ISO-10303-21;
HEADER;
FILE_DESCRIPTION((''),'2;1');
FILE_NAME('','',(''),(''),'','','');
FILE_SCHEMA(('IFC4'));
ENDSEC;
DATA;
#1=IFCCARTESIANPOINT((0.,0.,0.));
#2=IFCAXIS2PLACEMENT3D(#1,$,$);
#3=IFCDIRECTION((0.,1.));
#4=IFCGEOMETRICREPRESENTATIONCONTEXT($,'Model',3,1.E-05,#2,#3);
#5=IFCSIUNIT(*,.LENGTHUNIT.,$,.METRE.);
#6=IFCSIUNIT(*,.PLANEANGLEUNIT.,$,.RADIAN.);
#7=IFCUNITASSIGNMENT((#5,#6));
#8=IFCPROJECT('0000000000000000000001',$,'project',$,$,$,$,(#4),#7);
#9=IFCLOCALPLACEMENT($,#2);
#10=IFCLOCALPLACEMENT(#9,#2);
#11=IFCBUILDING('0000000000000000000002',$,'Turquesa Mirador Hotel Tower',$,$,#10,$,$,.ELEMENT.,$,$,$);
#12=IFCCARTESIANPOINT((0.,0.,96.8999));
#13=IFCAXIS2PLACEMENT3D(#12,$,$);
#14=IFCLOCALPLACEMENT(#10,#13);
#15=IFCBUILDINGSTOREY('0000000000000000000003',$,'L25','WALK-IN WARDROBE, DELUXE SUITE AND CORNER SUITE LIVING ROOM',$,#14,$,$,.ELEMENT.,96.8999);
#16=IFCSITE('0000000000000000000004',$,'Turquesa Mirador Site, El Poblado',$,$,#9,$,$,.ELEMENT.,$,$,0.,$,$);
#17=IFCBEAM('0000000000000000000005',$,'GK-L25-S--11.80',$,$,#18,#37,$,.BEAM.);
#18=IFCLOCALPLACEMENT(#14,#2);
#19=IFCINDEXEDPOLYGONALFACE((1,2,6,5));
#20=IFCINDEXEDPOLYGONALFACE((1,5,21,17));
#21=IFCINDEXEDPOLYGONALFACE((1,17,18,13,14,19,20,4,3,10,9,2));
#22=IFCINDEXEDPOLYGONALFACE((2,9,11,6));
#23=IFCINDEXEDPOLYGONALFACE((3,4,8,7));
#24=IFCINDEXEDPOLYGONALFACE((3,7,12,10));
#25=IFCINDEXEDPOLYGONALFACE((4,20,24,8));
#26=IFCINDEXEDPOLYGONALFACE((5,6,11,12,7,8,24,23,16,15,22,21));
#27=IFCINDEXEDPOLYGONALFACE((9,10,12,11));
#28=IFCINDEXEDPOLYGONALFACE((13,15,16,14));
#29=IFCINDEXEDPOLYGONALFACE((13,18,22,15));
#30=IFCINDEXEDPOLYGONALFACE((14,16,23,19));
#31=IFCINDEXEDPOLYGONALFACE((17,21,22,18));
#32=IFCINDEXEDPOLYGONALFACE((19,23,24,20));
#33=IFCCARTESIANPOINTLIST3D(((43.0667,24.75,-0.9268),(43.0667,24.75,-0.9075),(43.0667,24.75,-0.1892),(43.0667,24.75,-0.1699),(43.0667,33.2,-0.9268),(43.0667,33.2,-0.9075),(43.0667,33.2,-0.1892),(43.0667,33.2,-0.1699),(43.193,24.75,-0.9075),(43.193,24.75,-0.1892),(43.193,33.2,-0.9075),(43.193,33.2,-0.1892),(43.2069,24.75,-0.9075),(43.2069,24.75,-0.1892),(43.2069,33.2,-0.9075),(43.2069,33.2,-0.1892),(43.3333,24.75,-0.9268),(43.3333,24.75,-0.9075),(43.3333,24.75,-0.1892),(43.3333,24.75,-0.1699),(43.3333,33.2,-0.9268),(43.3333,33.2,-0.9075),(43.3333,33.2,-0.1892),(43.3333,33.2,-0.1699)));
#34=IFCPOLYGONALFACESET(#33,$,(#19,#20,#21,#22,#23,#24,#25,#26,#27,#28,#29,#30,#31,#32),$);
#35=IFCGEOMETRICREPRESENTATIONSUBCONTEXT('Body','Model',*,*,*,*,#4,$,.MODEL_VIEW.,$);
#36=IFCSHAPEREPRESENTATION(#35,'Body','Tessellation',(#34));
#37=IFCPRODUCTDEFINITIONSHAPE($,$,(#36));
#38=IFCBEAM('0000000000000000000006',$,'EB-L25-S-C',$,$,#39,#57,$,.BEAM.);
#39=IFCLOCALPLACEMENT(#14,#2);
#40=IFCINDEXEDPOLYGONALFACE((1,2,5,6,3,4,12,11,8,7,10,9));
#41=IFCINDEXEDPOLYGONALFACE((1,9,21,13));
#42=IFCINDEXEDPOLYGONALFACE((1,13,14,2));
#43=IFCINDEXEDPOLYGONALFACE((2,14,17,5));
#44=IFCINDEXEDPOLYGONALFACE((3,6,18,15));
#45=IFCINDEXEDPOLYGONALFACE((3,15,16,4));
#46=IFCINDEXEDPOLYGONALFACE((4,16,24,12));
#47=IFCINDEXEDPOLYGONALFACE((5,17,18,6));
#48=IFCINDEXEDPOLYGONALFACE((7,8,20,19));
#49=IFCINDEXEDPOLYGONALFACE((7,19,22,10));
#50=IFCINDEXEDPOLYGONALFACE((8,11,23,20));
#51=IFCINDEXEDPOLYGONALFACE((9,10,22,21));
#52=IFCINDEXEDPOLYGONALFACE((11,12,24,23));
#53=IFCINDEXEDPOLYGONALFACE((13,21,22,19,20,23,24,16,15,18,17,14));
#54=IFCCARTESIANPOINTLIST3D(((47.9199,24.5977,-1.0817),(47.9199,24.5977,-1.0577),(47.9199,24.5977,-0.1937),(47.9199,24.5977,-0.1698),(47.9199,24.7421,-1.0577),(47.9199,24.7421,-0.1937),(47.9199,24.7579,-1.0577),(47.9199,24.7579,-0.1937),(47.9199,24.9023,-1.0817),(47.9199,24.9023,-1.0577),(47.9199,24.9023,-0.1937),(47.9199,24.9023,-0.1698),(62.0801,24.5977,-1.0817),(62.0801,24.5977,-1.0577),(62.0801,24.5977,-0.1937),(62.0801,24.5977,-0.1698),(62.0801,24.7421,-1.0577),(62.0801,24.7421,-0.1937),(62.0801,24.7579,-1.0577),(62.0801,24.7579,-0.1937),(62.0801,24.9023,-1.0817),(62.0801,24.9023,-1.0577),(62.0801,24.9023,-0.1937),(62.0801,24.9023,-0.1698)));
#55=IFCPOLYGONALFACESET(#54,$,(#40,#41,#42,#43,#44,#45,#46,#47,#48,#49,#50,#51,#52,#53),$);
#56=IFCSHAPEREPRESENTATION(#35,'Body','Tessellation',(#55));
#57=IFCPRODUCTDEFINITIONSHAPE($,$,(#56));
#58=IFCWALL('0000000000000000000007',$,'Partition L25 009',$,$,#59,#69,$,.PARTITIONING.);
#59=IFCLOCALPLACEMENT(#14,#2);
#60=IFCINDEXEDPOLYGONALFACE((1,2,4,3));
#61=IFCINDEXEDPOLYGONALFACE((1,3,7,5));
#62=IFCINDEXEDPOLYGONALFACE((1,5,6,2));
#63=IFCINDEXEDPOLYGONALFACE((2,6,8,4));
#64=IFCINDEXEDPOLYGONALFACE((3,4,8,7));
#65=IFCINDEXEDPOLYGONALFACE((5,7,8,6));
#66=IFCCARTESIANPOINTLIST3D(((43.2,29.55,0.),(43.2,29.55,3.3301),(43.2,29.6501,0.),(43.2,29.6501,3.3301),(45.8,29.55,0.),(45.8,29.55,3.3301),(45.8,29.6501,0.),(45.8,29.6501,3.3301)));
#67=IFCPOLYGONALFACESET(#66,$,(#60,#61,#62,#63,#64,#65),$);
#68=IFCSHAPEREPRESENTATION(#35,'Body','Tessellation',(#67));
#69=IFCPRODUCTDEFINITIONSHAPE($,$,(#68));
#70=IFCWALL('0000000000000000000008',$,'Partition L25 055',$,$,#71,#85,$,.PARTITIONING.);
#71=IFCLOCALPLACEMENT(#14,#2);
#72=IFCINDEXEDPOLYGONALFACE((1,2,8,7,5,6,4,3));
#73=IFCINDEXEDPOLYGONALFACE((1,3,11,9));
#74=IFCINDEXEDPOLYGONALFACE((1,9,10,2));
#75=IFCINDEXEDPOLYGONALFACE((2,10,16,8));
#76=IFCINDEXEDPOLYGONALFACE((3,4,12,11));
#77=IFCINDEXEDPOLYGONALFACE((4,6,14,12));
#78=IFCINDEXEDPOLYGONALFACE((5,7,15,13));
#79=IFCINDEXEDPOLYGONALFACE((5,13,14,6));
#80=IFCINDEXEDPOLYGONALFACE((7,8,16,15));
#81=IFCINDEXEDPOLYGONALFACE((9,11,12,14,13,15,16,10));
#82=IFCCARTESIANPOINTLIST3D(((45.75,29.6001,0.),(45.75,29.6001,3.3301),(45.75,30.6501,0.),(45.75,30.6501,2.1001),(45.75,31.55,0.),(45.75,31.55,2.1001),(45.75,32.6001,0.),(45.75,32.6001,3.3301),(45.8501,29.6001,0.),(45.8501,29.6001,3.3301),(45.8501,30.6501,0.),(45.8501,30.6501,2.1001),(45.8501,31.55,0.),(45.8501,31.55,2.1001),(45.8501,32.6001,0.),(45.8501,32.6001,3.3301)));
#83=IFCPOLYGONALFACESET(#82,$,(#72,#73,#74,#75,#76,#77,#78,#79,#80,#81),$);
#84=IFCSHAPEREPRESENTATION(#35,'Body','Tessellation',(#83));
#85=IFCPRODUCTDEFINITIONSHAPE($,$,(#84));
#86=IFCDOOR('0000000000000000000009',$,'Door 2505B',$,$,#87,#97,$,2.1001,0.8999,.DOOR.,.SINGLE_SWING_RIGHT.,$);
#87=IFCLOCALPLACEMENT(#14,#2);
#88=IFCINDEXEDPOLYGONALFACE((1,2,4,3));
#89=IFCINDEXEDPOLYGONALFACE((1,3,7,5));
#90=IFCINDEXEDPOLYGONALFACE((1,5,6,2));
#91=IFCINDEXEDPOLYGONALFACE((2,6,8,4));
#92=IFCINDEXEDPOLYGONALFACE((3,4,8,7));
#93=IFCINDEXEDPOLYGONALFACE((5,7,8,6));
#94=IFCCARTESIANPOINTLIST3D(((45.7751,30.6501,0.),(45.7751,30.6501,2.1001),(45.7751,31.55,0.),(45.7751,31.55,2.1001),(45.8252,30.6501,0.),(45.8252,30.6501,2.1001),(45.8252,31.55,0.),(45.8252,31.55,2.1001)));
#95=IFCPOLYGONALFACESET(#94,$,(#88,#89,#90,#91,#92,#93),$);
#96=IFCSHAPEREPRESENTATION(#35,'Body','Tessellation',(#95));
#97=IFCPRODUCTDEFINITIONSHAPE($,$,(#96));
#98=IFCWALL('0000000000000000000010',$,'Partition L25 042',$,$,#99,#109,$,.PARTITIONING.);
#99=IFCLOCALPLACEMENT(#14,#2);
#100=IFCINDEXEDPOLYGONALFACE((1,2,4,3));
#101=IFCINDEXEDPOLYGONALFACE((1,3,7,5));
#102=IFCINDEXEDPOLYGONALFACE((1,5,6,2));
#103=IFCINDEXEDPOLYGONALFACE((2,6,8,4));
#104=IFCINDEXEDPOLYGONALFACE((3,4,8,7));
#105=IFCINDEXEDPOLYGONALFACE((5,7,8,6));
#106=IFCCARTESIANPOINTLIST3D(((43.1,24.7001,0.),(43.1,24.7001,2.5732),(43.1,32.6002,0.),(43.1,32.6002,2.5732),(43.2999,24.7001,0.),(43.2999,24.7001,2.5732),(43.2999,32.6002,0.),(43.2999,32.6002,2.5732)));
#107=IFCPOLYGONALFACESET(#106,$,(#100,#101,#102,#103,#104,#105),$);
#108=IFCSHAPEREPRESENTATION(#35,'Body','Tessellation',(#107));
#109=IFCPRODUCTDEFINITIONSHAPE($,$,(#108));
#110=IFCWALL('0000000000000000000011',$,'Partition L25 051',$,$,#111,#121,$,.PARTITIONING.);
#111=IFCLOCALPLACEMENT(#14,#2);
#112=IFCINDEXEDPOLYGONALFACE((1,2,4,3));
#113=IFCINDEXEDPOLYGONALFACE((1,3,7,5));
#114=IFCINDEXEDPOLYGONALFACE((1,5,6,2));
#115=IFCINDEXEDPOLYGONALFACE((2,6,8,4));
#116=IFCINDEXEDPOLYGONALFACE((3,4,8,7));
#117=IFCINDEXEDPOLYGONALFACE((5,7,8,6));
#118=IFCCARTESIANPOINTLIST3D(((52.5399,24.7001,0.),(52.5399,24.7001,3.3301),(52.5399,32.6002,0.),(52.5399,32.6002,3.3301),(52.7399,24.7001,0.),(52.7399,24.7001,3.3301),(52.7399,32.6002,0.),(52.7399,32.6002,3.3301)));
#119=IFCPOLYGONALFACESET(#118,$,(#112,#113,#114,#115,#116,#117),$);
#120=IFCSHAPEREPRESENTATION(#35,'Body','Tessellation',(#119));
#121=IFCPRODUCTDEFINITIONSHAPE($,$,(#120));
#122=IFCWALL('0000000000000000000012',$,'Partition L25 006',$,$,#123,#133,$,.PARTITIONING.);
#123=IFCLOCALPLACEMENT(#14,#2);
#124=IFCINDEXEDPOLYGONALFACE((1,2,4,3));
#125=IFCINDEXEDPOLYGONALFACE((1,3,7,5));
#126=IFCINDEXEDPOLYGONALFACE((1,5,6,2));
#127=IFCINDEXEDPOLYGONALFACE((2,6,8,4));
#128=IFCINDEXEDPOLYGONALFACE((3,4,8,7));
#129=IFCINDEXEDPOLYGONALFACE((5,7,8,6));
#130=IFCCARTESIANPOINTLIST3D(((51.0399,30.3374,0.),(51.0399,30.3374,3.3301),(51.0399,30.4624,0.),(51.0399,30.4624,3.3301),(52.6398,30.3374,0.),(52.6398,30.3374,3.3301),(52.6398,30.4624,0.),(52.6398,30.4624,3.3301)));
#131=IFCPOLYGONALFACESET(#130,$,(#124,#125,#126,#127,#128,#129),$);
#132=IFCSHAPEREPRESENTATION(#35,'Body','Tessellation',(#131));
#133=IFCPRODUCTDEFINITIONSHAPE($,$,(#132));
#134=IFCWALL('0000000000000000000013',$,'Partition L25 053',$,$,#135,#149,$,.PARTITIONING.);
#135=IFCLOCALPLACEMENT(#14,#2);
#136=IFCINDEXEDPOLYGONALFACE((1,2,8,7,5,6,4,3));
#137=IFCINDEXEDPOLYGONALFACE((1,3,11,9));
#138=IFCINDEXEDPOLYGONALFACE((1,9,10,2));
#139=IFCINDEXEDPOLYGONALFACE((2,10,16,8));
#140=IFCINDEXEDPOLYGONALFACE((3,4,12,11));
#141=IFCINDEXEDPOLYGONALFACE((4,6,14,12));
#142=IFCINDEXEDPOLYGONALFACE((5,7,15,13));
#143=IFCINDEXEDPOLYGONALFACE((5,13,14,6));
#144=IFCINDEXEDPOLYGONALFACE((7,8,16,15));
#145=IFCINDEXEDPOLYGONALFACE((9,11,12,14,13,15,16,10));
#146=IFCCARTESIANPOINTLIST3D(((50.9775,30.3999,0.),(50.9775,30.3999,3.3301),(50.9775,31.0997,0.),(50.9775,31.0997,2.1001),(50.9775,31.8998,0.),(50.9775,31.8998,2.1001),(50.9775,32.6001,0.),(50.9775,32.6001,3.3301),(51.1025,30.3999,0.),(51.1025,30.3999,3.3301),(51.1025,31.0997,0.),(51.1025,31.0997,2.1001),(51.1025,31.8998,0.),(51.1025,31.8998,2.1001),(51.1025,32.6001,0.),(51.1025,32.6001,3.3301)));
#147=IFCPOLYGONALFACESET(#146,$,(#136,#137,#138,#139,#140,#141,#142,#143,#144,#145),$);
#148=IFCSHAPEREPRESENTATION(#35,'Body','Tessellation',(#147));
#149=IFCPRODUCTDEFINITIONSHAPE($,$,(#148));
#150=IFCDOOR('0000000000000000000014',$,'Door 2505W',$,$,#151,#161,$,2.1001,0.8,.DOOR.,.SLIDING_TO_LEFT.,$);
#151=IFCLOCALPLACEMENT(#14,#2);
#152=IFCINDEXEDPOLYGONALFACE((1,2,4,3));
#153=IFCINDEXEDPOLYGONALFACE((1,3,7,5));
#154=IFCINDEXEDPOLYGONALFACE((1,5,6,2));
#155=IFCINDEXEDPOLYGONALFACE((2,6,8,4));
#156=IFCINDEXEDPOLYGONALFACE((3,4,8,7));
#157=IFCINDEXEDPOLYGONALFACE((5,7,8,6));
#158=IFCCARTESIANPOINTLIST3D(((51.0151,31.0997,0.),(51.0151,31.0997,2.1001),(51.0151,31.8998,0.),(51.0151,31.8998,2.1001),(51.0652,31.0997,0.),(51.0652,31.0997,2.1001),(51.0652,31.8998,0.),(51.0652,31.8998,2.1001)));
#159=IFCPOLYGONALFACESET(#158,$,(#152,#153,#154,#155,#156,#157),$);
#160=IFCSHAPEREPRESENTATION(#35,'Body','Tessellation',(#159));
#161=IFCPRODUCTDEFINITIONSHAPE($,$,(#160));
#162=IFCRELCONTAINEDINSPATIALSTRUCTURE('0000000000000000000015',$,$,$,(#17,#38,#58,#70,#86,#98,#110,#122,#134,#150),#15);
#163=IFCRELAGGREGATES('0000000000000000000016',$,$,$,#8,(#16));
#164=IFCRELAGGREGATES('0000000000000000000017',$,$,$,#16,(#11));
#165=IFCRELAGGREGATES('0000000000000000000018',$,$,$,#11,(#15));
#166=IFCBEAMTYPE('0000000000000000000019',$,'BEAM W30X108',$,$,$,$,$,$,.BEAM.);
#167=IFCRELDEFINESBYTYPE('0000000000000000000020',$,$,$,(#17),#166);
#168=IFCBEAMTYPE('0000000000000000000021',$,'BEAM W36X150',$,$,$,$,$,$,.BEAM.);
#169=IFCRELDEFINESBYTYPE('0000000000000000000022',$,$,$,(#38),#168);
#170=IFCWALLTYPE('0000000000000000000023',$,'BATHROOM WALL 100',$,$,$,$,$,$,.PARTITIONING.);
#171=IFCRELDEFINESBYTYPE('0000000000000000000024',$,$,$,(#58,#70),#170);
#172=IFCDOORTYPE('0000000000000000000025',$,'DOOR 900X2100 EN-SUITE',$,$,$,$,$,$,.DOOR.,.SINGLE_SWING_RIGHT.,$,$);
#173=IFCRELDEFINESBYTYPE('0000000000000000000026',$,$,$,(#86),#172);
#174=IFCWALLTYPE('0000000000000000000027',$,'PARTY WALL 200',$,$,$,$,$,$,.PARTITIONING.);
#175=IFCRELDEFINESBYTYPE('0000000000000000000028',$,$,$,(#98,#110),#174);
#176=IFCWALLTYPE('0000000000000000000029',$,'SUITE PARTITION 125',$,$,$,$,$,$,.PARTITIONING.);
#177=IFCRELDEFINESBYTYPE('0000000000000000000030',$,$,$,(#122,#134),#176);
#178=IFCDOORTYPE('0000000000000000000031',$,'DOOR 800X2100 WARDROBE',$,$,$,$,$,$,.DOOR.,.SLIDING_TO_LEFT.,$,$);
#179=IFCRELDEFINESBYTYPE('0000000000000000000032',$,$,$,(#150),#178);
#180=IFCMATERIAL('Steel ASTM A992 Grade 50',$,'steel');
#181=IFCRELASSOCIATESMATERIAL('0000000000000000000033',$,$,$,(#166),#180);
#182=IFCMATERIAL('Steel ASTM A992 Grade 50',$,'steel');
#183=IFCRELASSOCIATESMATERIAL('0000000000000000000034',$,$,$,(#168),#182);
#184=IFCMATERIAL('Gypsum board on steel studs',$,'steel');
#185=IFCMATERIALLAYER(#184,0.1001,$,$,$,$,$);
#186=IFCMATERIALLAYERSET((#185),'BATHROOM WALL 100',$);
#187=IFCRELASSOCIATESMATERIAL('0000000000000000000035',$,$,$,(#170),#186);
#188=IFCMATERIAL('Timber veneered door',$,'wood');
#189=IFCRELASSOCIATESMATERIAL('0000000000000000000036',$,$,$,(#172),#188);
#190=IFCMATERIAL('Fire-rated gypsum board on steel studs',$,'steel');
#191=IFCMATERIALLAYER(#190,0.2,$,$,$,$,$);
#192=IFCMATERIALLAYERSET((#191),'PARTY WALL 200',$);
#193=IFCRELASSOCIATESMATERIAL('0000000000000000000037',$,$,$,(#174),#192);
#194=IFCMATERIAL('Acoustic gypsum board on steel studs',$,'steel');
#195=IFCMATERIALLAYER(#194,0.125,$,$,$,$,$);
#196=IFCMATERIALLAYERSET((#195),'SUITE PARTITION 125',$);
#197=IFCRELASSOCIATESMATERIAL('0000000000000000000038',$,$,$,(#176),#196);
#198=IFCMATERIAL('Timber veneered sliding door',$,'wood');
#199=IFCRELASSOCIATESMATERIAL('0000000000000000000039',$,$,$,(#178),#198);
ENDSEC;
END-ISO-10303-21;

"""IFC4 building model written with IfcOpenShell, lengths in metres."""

from ifc_helpers import new_model, si_unit, direction, frame, frame_2d, origin, origin_2d, place, context, subcontext, project, spatial, rectangle, i_section, extrude, material, layer, layer_set, material_profile, profile_set, type_object, element, fill, save


model = new_model("IFC4")

# Units and contexts
model_context = context("Model", 3, precision=1e-05, world=origin(), true_north=direction((0.0, 1.0)))
body_context = subcontext(model_context, "Body", "Model", "MODEL_VIEW")
ifc_project = project(units=[si_unit("LENGTHUNIT", "METRE"), si_unit("PLANEANGLEUNIT", "RADIAN")], contexts=[model_context])

# Site, building, storey
site_placement = place(None, origin())
site = spatial("IfcSite", under=ifc_project, at=site_placement, Name="Turquesa Mirador Site, El Poblado", CompositionType="ELEMENT", RefElevation=0.0)
building_placement = place(site_placement, origin())
building = spatial("IfcBuilding", under=site, at=building_placement, Name="Turquesa Mirador Hotel Tower", CompositionType="ELEMENT")
storey_placement = place(building_placement, frame((0.0, 0.0, 96.8999)))
storey = spatial("IfcBuildingStorey", under=building, at=storey_placement, Name="L25", Description="WALK-IN WARDROBE, DELUXE SUITE AND CORNER SUITE LIVING ROOM", CompositionType="ELEMENT", Elevation=96.8999)

# Beams
ifc_material_1 = material(Name="Steel ASTM A992 Grade 50", Category="steel")
ifc_material_profile_1 = material_profile(ifc_material_1, i_section(OverallWidth=0.2666, OverallDepth=0.7568, WebThickness=0.0139, FlangeThickness=0.0193, at=origin_2d()), Name="W30X108")
ifc_profile_set_1 = profile_set([ifc_material_profile_1], Name="Steel ASTM A992 Grade 50")
beam_type_1 = type_object("IfcBeamType", Name="BEAM W30X108", PredefinedType="BEAM", material=ifc_profile_set_1)
beam_1_placement = place(storey_placement, frame((43.2, 24.75, -0.5483), z_axis=(0.0, 1.0, 0.0), x_axis=(-1.0, 0.0, 0.0)))
element("IfcBeam", 1, at=beam_1_placement, inside=storey, type_object=beam_type_1, Name="GK-L25-S--11.80", PredefinedType="BEAM", context=body_context, shape_type="SweptSolid", body=[
    extrude(i_section(OverallWidth=0.2666, OverallDepth=0.7568, WebThickness=0.0139, FlangeThickness=0.0193, at=origin_2d()), origin(), (0.0, 0.0, 1.0), 8.45),
])
ifc_material_2 = material(Name="Steel ASTM A992 Grade 50", Category="steel")
ifc_material_profile_2 = material_profile(ifc_material_2, i_section(OverallWidth=0.3047, OverallDepth=0.9119, WebThickness=0.0159, FlangeThickness=0.0239, at=origin_2d()), Name="W36X150")
ifc_profile_set_2 = profile_set([ifc_material_profile_2], Name="Steel ASTM A992 Grade 50")
beam_type_2 = type_object("IfcBeamType", Name="BEAM W36X150", PredefinedType="BEAM", material=ifc_profile_set_2)
beam_2_placement = place(storey_placement, frame((47.9199, 24.75, -0.6257), z_axis=(1.0, 0.0, 0.0), x_axis=(0.0, 1.0, 0.0)))
element("IfcBeam", 2, at=beam_2_placement, inside=storey, type_object=beam_type_2, Name="EB-L25-S-C", PredefinedType="BEAM", context=body_context, shape_type="SweptSolid", body=[
    extrude(i_section(OverallWidth=0.3047, OverallDepth=0.9119, WebThickness=0.0159, FlangeThickness=0.0239, at=origin_2d()), origin(), (0.0, 0.0, 1.0), 14.1602),
])

# Wall
ifc_material_3 = material(Name="Gypsum board on steel studs", Category="steel")
ifc_layer_1 = layer(ifc_material_3, 0.1001)
ifc_layer_set_1 = layer_set([ifc_layer_1], Name="BATHROOM WALL 100")
wall_type_1 = type_object("IfcWallType", Name="BATHROOM WALL 100", PredefinedType="PARTITIONING", material=ifc_layer_set_1)
wall_1_placement = place(storey_placement, frame((43.2, 29.6001, 0.0), z_axis=(0.0, 0.0, 1.0), x_axis=(1.0, 0.0, 0.0)))
element("IfcWall", 3, at=wall_1_placement, inside=storey, type_object=wall_type_1, Name="Partition L25 009", PredefinedType="PARTITIONING", context=body_context, shape_type="SweptSolid", body=[
    extrude(rectangle(XDim=2.6001, YDim=0.1001, at=frame_2d((1.3, 0.0))), origin(), (0.0, 0.0, 1.0), 3.3301),
])

# Wall, opening, door
wall_2_placement = place(storey_placement, frame((45.8, 29.6001, 0.0), z_axis=(0.0, 0.0, 1.0), x_axis=(0.0, 1.0, 0.0)))
wall_2 = element("IfcWall", 4, at=wall_2_placement, inside=storey, type_object=wall_type_1, Name="Partition L25 055", PredefinedType="PARTITIONING", context=body_context, shape_type="SweptSolid", body=[
    extrude(rectangle(XDim=3.0, YDim=0.1001, at=frame_2d((1.5, 0.0))), origin(), (0.0, 0.0, 1.0), 3.3301),
])
opening_1_placement = place(wall_2_placement, frame((1.05, 0.0, 0.0)))
opening_1 = element("IfcOpeningElement", 5, at=opening_1_placement, cuts=wall_2, PredefinedType="OPENING", context=body_context, shape_type="SweptSolid", body=[
    extrude(rectangle(XDim=0.8999, YDim=2.1001, at=frame_2d((0.45, 1.05))), frame((0.0, 0.0601, 0.0), z_axis=(0.0, -1.0, 0.0), x_axis=(1.0, 0.0, 0.0)), (0.0, 0.0, 1.0), 0.1201),
])
ifc_material_4 = material(Name="Timber veneered door", Category="wood")
door_type_1 = type_object("IfcDoorType", Name="DOOR 900X2100 EN-SUITE", OperationType="SINGLE_SWING_RIGHT", PredefinedType="DOOR", material=ifc_material_4)
door_1_placement = place(opening_1_placement, origin())
door_1 = element("IfcDoor", 6, at=door_1_placement, inside=storey, type_object=door_type_1, Name="Door 2505B", OperationType="SINGLE_SWING_RIGHT", OverallHeight=2.1001, OverallWidth=0.8999, PredefinedType="DOOR", context=body_context, shape_type="SweptSolid", body=[
    extrude(rectangle(XDim=0.8999, YDim=2.1001, at=frame_2d((0.45, 1.05))), frame((0.0, 0.0249, 0.0), z_axis=(0.0, -1.0, 0.0), x_axis=(1.0, 0.0, 0.0)), (0.0, 0.0, 1.0), 0.05),
])
fill(opening_1, door_1)

# Walls
ifc_material_5 = material(Name="Fire-rated gypsum board on steel studs", Category="steel")
ifc_layer_2 = layer(ifc_material_5, 0.2)
ifc_layer_set_2 = layer_set([ifc_layer_2], Name="PARTY WALL 200")
wall_type_2 = type_object("IfcWallType", Name="PARTY WALL 200", PredefinedType="PARTITIONING", material=ifc_layer_set_2)
wall_3_placement = place(storey_placement, frame((43.2, 24.7, 0.0), z_axis=(0.0, 0.0, 1.0), x_axis=(0.0, 1.0, 0.0)))
element("IfcWall", 7, at=wall_3_placement, inside=storey, type_object=wall_type_2, Name="Partition L25 042", PredefinedType="PARTITIONING", context=body_context, shape_type="SweptSolid", body=[
    extrude(rectangle(XDim=7.9001, YDim=0.2, at=frame_2d((3.9502, 0.0))), origin(), (0.0, 0.0, 1.0), 2.5732),
])
wall_4_placement = place(storey_placement, frame((52.6399, 24.7, 0.0), z_axis=(0.0, 0.0, 1.0), x_axis=(0.0, 1.0, 0.0)))
element("IfcWall", 8, at=wall_4_placement, inside=storey, type_object=wall_type_2, Name="Partition L25 051", PredefinedType="PARTITIONING", context=body_context, shape_type="SweptSolid", body=[
    extrude(rectangle(XDim=7.9001, YDim=0.2, at=frame_2d((3.9502, 0.0))), origin(), (0.0, 0.0, 1.0), 3.3301),
])
ifc_material_6 = material(Name="Acoustic gypsum board on steel studs", Category="steel")
ifc_layer_3 = layer(ifc_material_6, 0.125)
ifc_layer_set_3 = layer_set([ifc_layer_3], Name="SUITE PARTITION 125")
wall_type_3 = type_object("IfcWallType", Name="SUITE PARTITION 125", PredefinedType="PARTITIONING", material=ifc_layer_set_3)
wall_5_placement = place(storey_placement, frame((51.04, 30.3999, 0.0), z_axis=(0.0, 0.0, 1.0), x_axis=(1.0, 0.0, 0.0)))
element("IfcWall", 9, at=wall_5_placement, inside=storey, type_object=wall_type_3, Name="Partition L25 006", PredefinedType="PARTITIONING", context=body_context, shape_type="SweptSolid", body=[
    extrude(rectangle(XDim=1.5999, YDim=0.125, at=frame_2d((0.7998, 0.0))), origin(), (0.0, 0.0, 1.0), 3.3301),
])

# Wall, opening, door
wall_6_placement = place(storey_placement, frame((51.04, 30.3999, 0.0), z_axis=(0.0, 0.0, 1.0), x_axis=(0.0, 1.0, 0.0)))
wall_6 = element("IfcWall", 10, at=wall_6_placement, inside=storey, type_object=wall_type_3, Name="Partition L25 053", PredefinedType="PARTITIONING", context=body_context, shape_type="SweptSolid", body=[
    extrude(rectangle(XDim=2.2002, YDim=0.125, at=frame_2d((1.1001, 0.0))), origin(), (0.0, 0.0, 1.0), 3.3301),
])
opening_2_placement = place(wall_6_placement, frame((0.7, 0.0, 0.0)))
opening_2 = element("IfcOpeningElement", 11, at=opening_2_placement, cuts=wall_6, PredefinedType="OPENING", context=body_context, shape_type="SweptSolid", body=[
    extrude(rectangle(XDim=0.8, YDim=2.1001, at=frame_2d((0.3999, 1.05))), frame((0.0, 0.0725, 0.0), z_axis=(0.0, -1.0, 0.0), x_axis=(1.0, 0.0, 0.0)), (0.0, 0.0, 1.0), 0.145),
])
ifc_material_7 = material(Name="Timber veneered sliding door", Category="wood")
door_type_2 = type_object("IfcDoorType", Name="DOOR 800X2100 WARDROBE", OperationType="SLIDING_TO_LEFT", PredefinedType="DOOR", material=ifc_material_7)
door_2_placement = place(opening_2_placement, origin())
door_2 = element("IfcDoor", 12, at=door_2_placement, inside=storey, type_object=door_type_2, Name="Door 2505W", OperationType="SLIDING_TO_LEFT", OverallHeight=2.1001, OverallWidth=0.8, PredefinedType="DOOR", context=body_context, shape_type="SweptSolid", body=[
    extrude(rectangle(XDim=0.8, YDim=2.1001, at=frame_2d((0.3999, 1.05))), frame((0.0, 0.0249, 0.0), z_axis=(0.0, -1.0, 0.0), x_axis=(1.0, 0.0, 0.0)), (0.0, 0.0, 1.0), 0.05),
])
fill(opening_2, door_2)

save(model, "model.ifc")
